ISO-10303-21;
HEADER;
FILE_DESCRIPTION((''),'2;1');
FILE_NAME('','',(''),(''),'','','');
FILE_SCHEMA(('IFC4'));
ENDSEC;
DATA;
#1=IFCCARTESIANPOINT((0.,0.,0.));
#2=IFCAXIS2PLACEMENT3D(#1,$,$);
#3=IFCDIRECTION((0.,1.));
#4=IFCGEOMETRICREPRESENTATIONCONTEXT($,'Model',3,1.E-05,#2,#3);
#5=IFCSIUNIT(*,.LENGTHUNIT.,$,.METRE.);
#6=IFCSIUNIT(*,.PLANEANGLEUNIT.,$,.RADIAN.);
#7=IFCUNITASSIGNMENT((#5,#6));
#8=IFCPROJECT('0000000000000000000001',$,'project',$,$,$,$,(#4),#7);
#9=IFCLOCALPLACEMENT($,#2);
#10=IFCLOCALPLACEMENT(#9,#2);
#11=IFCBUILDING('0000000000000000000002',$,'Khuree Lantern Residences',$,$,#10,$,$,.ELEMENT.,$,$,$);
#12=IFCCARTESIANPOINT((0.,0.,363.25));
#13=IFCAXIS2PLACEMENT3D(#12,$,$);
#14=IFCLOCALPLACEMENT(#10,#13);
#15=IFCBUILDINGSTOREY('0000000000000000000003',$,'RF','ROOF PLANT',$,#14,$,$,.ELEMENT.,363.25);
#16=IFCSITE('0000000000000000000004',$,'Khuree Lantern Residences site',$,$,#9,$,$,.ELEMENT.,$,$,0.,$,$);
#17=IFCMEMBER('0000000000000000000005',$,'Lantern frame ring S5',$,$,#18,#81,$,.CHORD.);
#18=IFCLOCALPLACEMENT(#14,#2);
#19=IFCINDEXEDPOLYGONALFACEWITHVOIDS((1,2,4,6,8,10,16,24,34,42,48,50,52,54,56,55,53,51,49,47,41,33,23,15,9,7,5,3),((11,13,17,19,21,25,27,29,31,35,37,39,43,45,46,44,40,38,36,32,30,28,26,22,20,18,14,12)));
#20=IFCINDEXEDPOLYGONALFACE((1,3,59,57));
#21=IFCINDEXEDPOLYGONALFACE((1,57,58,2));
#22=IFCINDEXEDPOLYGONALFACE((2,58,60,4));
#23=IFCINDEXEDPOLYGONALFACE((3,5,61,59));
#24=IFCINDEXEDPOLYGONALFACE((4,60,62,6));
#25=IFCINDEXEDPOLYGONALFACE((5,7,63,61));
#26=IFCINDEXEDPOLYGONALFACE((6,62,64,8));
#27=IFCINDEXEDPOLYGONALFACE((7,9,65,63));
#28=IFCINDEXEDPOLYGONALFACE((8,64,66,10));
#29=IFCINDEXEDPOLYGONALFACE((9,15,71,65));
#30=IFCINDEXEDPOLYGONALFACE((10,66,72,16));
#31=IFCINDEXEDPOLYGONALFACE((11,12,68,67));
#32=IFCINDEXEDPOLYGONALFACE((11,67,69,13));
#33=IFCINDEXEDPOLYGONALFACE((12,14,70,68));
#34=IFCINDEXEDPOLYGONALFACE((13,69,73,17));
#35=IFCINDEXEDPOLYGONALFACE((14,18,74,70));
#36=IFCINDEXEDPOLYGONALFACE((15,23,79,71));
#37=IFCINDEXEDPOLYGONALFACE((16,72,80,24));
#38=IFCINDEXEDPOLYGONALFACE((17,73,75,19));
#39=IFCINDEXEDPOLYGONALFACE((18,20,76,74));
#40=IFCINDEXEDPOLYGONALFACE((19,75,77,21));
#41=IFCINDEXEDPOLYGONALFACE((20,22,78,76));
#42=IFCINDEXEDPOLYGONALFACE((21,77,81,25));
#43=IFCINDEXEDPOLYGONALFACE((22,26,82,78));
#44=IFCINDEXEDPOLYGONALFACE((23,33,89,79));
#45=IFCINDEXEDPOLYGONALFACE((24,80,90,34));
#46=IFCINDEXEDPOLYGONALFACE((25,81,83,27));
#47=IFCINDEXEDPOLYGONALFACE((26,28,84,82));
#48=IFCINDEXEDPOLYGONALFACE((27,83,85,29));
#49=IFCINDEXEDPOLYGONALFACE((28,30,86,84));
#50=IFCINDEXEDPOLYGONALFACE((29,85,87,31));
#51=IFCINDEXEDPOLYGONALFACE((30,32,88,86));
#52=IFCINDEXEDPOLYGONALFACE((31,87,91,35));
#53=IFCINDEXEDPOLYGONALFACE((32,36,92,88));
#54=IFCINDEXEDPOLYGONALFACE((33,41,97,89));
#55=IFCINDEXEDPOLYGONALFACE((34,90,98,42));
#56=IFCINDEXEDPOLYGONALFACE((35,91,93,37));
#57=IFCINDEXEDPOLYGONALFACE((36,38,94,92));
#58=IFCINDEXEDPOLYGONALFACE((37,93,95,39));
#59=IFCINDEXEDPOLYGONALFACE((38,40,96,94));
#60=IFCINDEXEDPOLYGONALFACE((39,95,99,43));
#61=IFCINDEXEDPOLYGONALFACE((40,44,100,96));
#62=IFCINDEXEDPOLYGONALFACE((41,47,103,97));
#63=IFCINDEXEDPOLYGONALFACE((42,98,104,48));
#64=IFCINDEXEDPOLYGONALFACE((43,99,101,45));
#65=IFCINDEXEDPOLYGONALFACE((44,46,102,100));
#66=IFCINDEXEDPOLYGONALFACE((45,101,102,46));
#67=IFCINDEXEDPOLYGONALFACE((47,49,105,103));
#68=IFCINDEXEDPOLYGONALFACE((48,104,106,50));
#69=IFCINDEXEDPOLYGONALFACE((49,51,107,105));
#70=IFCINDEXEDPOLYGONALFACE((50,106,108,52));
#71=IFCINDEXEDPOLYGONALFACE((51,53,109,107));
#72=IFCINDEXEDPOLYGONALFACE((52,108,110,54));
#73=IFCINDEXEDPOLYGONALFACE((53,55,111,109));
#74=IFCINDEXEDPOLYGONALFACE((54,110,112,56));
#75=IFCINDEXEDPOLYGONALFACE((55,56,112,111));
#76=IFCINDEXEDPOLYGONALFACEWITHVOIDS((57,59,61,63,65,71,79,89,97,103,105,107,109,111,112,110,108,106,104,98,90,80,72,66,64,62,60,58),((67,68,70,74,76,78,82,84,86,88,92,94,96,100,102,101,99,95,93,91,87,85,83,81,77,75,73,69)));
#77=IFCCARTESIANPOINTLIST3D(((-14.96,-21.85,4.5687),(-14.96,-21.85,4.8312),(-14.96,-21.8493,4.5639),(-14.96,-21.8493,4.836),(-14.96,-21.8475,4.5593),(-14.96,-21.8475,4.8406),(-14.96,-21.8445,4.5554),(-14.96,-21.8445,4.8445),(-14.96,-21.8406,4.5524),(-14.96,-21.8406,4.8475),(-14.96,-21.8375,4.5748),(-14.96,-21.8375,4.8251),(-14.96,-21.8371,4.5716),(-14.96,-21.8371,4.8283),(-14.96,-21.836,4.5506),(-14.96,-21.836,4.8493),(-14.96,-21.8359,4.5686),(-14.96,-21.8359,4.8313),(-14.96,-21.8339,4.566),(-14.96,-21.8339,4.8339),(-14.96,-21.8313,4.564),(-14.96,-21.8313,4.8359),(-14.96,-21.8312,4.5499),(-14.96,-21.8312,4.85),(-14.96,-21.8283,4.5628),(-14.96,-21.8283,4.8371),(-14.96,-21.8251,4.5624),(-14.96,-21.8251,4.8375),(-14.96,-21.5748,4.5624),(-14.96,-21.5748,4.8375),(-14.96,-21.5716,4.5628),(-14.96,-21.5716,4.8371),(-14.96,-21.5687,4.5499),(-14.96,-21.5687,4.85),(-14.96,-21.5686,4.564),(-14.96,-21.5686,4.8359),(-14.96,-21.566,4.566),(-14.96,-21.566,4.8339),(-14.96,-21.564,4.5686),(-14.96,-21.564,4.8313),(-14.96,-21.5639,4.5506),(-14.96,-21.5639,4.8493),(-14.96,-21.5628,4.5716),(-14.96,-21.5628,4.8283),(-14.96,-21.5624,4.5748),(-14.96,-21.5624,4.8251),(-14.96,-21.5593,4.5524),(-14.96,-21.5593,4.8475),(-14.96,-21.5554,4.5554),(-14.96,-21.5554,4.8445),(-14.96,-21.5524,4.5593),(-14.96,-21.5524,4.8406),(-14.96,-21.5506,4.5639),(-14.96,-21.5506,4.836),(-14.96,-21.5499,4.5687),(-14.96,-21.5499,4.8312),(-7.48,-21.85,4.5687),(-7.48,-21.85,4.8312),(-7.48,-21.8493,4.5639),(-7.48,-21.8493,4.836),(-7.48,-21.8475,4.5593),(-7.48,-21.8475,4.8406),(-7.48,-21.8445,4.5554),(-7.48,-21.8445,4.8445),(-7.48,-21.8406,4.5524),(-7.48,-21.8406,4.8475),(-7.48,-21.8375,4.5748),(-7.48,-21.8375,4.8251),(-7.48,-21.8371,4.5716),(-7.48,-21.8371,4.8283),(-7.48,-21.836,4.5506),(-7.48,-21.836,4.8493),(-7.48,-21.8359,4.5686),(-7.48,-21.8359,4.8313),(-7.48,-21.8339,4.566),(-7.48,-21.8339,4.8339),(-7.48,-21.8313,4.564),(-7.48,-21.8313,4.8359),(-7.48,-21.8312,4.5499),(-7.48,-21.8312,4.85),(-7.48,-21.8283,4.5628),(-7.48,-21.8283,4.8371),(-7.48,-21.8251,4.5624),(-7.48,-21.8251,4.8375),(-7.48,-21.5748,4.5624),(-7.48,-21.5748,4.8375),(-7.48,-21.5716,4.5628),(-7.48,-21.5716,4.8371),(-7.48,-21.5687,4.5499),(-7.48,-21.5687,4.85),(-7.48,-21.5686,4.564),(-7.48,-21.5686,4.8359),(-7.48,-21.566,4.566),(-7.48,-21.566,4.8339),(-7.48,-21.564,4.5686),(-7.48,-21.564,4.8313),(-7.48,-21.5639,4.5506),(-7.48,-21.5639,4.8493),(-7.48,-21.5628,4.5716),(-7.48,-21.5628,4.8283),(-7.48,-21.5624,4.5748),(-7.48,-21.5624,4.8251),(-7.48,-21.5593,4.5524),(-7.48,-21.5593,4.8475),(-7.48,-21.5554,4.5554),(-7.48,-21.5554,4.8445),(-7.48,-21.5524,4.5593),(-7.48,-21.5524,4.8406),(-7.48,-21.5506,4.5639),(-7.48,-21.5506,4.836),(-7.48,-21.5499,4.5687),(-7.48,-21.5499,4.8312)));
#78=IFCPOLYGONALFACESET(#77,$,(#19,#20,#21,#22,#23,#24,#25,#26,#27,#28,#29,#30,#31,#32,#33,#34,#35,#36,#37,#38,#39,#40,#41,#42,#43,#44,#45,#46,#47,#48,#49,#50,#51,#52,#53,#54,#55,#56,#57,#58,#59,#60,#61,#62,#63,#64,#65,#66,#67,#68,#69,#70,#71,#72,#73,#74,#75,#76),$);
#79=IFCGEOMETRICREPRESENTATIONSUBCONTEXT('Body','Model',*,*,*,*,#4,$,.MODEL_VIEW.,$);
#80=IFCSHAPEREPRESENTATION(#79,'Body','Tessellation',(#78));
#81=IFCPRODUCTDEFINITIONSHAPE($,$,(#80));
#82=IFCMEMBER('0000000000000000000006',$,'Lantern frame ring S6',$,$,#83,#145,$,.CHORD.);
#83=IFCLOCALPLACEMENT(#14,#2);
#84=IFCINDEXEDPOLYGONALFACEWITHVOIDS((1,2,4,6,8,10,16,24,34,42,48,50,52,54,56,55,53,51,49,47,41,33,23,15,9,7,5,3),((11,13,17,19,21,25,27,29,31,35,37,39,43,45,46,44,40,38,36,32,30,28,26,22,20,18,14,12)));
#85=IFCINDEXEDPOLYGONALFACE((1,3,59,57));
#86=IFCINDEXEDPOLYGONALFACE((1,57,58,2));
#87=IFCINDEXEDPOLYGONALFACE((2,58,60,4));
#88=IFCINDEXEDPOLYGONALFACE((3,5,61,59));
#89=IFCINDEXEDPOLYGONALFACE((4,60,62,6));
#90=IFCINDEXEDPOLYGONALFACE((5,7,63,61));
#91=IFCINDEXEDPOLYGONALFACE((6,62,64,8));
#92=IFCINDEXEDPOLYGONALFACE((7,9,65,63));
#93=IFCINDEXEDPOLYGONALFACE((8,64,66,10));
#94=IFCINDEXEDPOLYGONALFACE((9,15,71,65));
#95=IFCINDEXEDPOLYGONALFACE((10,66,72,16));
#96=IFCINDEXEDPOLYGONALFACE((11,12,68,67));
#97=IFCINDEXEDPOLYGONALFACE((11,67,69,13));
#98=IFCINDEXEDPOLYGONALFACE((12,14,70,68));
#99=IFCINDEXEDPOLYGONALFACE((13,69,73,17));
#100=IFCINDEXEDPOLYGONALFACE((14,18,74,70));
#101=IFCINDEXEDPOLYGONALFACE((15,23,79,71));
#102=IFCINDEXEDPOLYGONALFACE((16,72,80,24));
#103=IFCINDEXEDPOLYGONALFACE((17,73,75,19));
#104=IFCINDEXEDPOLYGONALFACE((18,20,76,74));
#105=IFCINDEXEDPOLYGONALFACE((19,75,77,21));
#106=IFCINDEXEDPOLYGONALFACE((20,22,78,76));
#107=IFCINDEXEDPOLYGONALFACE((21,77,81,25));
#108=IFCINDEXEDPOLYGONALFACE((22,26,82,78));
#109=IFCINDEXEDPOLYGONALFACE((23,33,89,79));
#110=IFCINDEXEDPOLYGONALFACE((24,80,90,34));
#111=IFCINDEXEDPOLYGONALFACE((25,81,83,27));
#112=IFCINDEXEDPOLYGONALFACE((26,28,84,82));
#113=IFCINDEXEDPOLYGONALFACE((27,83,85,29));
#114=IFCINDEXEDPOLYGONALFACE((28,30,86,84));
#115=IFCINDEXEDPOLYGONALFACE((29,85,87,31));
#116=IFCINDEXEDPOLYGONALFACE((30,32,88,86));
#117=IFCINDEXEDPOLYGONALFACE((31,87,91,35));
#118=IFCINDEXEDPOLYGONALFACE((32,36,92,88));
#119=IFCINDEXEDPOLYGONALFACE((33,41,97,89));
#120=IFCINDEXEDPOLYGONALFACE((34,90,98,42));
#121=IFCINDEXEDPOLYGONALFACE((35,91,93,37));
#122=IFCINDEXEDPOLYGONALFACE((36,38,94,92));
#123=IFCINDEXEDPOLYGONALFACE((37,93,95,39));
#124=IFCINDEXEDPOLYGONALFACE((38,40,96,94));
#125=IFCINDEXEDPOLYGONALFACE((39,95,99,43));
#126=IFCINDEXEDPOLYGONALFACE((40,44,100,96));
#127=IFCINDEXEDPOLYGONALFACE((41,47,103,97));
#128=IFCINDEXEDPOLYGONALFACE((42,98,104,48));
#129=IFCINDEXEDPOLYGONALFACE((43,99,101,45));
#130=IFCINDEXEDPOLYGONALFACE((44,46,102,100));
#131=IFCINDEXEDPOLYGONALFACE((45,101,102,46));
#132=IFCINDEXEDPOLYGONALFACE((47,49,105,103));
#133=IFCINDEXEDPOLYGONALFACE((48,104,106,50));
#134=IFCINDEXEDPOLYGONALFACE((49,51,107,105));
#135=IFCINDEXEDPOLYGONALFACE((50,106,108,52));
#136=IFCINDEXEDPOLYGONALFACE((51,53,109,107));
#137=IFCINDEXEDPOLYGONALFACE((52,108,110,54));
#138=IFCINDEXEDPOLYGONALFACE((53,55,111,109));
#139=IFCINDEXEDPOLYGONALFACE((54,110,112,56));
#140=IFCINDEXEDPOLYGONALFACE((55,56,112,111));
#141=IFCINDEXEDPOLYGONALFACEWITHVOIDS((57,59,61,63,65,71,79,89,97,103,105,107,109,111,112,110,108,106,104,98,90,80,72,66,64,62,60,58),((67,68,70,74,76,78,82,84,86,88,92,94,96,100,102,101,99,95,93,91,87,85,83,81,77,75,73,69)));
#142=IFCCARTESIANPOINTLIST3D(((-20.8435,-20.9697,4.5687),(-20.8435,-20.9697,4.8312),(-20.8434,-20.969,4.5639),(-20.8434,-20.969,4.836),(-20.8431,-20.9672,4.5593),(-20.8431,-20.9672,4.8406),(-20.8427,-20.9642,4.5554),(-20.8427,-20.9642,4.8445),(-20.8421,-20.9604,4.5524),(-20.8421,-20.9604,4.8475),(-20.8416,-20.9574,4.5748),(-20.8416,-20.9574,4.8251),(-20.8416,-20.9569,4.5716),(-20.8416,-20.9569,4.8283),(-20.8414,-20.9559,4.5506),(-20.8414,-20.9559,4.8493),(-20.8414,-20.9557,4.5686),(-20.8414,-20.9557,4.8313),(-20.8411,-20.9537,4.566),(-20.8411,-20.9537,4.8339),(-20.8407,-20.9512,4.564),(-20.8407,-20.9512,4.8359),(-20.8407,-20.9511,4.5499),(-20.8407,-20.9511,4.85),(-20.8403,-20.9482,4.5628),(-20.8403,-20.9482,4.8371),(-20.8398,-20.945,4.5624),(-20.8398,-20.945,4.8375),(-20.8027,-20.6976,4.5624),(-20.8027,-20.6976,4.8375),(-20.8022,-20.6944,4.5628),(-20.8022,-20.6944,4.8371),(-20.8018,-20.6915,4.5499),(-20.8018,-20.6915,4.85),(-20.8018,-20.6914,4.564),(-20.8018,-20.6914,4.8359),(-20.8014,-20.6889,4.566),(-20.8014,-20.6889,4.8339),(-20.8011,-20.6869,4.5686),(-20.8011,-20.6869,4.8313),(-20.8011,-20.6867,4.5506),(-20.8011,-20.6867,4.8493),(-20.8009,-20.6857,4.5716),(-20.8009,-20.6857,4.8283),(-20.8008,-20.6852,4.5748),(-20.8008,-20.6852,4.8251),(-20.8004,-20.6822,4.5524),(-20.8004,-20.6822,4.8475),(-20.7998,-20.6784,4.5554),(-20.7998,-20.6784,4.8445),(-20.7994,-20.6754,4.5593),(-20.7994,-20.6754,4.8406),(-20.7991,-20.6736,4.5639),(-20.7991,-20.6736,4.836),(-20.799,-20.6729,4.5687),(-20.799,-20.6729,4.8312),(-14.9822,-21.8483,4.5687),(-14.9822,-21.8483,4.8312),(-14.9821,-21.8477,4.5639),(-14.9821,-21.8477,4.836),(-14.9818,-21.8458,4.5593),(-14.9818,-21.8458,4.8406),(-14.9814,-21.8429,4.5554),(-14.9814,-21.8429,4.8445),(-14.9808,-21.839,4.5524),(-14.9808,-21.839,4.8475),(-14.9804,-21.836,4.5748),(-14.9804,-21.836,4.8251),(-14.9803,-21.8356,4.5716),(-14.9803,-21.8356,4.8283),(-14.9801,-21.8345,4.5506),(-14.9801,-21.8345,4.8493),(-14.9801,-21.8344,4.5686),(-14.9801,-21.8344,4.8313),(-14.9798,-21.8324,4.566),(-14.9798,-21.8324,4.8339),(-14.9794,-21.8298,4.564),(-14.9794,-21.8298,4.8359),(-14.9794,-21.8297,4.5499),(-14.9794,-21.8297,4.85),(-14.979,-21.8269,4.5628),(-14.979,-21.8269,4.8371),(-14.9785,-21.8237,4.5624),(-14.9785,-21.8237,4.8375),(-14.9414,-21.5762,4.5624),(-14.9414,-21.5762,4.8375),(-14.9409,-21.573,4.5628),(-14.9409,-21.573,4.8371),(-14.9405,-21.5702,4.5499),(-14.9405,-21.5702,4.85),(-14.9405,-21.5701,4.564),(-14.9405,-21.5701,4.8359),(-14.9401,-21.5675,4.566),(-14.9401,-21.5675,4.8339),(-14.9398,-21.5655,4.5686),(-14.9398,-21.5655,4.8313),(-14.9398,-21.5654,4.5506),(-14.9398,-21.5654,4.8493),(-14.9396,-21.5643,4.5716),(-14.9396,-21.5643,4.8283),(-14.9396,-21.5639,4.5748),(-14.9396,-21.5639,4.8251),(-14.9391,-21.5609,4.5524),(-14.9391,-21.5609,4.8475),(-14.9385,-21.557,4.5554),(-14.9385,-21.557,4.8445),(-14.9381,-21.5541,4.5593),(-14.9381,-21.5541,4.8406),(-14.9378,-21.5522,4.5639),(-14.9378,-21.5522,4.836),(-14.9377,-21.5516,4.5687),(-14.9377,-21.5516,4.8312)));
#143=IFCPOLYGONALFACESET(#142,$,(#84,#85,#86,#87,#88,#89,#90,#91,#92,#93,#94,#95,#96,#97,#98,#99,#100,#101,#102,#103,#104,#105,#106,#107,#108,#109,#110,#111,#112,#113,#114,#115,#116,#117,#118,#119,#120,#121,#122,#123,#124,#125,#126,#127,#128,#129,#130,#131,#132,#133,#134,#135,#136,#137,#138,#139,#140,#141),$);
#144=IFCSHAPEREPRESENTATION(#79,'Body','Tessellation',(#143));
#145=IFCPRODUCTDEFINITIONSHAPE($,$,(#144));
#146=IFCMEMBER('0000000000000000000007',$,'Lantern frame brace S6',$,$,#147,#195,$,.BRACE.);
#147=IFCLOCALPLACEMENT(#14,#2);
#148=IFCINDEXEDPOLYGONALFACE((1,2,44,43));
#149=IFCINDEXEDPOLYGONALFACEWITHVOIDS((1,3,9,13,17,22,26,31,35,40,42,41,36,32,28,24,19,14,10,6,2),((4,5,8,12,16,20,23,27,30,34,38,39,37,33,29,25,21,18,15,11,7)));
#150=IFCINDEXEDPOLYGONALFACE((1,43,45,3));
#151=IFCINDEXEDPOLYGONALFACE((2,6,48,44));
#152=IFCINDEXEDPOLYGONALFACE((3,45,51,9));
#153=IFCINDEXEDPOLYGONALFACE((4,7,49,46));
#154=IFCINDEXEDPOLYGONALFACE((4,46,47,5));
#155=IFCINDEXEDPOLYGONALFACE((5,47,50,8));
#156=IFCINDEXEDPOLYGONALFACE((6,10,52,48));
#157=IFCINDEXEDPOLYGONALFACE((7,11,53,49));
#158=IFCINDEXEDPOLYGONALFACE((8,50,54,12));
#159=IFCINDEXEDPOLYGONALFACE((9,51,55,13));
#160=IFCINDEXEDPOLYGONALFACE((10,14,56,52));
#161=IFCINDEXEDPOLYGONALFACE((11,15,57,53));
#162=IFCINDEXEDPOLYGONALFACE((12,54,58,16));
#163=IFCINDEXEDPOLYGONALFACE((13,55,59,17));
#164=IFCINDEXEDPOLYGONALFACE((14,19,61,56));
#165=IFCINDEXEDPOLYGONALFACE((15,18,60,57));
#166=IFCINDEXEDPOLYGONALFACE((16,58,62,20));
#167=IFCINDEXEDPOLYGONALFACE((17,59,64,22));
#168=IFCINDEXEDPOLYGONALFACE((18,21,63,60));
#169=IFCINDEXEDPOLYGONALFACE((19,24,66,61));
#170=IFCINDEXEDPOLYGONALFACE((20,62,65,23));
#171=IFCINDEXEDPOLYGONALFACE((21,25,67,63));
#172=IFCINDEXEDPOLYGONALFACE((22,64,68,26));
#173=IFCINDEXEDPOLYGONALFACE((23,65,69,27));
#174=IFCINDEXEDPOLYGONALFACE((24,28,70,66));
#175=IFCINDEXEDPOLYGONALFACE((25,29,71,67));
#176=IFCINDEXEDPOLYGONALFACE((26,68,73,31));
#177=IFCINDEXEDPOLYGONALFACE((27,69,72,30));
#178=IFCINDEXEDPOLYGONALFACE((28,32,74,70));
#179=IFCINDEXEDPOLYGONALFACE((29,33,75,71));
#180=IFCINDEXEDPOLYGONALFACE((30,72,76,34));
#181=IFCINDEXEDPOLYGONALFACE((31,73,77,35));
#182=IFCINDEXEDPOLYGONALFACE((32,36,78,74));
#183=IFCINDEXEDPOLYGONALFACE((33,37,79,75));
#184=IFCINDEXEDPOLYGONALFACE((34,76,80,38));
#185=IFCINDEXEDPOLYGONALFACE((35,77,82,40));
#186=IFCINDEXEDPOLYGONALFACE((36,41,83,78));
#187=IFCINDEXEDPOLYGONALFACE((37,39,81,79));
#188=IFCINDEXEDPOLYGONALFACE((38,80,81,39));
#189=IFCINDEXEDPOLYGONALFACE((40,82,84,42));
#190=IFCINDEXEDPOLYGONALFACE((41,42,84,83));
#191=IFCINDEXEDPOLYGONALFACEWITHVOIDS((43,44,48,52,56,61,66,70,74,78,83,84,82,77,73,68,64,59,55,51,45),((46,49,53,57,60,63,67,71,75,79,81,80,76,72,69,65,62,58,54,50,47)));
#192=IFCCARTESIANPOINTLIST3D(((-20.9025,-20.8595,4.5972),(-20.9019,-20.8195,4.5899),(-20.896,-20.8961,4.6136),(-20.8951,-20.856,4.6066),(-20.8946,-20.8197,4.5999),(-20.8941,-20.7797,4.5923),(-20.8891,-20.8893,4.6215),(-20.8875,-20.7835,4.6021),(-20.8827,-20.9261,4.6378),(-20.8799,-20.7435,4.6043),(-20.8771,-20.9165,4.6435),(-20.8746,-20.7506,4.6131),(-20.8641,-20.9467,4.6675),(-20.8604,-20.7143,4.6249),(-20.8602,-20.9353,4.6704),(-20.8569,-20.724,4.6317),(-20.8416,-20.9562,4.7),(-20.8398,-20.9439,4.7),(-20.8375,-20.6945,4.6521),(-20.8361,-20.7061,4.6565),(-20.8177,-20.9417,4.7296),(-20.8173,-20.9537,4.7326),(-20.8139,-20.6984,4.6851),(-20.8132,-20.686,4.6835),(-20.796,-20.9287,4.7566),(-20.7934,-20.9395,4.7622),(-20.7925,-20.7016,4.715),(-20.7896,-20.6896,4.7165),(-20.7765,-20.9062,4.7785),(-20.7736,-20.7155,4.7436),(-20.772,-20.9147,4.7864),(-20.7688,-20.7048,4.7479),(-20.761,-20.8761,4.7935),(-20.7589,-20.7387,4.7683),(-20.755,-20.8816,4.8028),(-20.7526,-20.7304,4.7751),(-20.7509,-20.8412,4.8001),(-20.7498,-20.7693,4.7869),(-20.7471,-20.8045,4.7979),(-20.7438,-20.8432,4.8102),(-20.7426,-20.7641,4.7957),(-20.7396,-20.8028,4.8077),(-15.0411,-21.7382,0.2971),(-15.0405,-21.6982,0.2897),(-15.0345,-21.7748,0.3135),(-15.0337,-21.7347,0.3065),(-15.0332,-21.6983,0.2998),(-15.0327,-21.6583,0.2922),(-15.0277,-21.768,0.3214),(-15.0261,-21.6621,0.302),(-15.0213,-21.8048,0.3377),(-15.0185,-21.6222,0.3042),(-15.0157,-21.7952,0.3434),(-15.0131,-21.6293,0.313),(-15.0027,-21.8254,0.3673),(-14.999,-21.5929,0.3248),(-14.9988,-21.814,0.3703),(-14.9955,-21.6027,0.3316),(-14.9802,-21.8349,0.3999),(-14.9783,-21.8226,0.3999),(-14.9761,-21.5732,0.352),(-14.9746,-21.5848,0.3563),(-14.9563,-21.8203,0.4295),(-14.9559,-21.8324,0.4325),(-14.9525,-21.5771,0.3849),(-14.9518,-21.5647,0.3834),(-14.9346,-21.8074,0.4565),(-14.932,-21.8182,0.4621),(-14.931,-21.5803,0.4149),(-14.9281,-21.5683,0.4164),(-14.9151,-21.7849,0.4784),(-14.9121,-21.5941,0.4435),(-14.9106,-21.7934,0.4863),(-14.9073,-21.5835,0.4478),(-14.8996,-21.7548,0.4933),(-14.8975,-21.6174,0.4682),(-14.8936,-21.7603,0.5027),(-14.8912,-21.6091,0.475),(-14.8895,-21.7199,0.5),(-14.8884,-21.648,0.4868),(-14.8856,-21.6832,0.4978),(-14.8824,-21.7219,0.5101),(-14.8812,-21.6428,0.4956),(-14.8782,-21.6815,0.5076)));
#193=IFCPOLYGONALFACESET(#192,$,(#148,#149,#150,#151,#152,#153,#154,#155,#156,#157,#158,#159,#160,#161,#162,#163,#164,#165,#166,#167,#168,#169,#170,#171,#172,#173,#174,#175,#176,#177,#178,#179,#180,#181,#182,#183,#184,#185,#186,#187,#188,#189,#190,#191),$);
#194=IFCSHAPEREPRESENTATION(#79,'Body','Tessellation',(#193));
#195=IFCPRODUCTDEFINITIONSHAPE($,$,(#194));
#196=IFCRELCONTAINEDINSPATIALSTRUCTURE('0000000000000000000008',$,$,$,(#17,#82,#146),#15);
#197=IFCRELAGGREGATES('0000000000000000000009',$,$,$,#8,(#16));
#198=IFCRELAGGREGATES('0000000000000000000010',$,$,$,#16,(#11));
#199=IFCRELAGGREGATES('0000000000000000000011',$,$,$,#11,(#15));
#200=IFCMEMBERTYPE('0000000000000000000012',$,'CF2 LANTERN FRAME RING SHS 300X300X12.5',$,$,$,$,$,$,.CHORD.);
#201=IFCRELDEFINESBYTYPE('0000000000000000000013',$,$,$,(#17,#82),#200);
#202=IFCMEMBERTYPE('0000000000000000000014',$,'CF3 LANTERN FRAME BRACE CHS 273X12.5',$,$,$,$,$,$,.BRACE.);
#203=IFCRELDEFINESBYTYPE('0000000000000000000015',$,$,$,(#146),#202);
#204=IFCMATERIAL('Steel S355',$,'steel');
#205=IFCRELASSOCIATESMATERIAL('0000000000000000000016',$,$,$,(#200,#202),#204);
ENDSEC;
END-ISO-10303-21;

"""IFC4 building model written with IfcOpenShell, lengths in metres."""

from ifc_helpers import new_model, si_unit, direction, frame, origin, origin_2d, place, context, subcontext, project, spatial, hollow_rectangle, hollow_circle, extrude, material, material_profile, profile_set, type_object, element, save


model = new_model("IFC4")

# Units and contexts
model_context = context("Model", 3, precision=1e-05, world=origin(), true_north=direction((0.0, 1.0)))
body_context = subcontext(model_context, "Body", "Model", "MODEL_VIEW")
ifc_project = project(units=[si_unit("LENGTHUNIT", "METRE"), si_unit("PLANEANGLEUNIT", "RADIAN")], contexts=[model_context])

# Site, building, storey
site_placement = place(None, origin())
site = spatial("IfcSite", under=ifc_project, at=site_placement, Name="Khuree Lantern Residences site", CompositionType="ELEMENT", RefElevation=0.0)
building_placement = place(site_placement, origin())
building = spatial("IfcBuilding", under=site, at=building_placement, Name="Khuree Lantern Residences", CompositionType="ELEMENT")
storey_placement = place(building_placement, frame((0.0, 0.0, 363.25)))
storey = spatial("IfcBuildingStorey", under=building, at=storey_placement, Name="RF", Description="ROOF PLANT", CompositionType="ELEMENT", Elevation=363.25)

# Shared definitions
ifc_material_1 = material(Name="Steel S355", Category="steel")

# Members
ifc_material_profile_1 = material_profile(ifc_material_1, hollow_rectangle(XDim=0.3, YDim=0.3, WallThickness=0.0125, InnerFilletRadius=0.0125, OuterFilletRadius=0.0188, at=origin_2d()), Name="SHS 300X300X12.5")
ifc_profile_set_1 = profile_set([ifc_material_profile_1], Name="Steel S355")
member_type_1 = type_object("IfcMemberType", Name="CF2 LANTERN FRAME RING SHS 300X300X12.5", PredefinedType="CHORD", material=ifc_profile_set_1)
member_1_placement = place(storey_placement, frame((-7.48, -21.7, 4.7), z_axis=(-1.0, 0.0, 0.0), x_axis=(0.0, -1.0, 0.0)))
element("IfcMember", 1, at=member_1_placement, inside=storey, type_object=member_type_1, Name="Lantern frame ring S5", PredefinedType="CHORD", context=body_context, shape_type="SweptSolid", body=[
    extrude(hollow_rectangle(XDim=0.3, YDim=0.3, WallThickness=0.0125, InnerFilletRadius=0.0125, OuterFilletRadius=0.0188, at=origin_2d()), origin(), (0.0, 0.0, 1.0), 7.48),
])
member_2_placement = place(storey_placement, frame((-14.96, -21.7, 4.7), z_axis=(-0.98895, 0.148252, 0.0), x_axis=(-0.148252, -0.98895, 0.0)))
element("IfcMember", 2, at=member_2_placement, inside=storey, type_object=member_type_1, Name="Lantern frame ring S6", PredefinedType="CHORD", context=body_context, shape_type="SweptSolid", body=[
    extrude(hollow_rectangle(XDim=0.3, YDim=0.3, WallThickness=0.0125, InnerFilletRadius=0.0125, OuterFilletRadius=0.0188, at=origin_2d()), origin(), (0.0, 0.0, 1.0), 5.9268),
])
ifc_material_profile_2 = material_profile(ifc_material_1, hollow_circle(Radius=0.1365, WallThickness=0.0125, at=origin_2d()), Name="CHS 273X12.5")
ifc_profile_set_2 = profile_set([ifc_material_profile_2], Name="Steel S355")
member_type_2 = type_object("IfcMemberType", Name="CF3 LANTERN FRAME BRACE CHS 273X12.5", PredefinedType="BRACE", material=ifc_profile_set_2)
member_3_placement = place(storey_placement, frame((-14.96, -21.7, 0.3999), z_axis=(-0.800465, 0.119996, 0.587245), x_axis=(-0.148252, -0.98895, 0.0)))
element("IfcMember", 3, at=member_3_placement, inside=storey, type_object=member_type_2, Name="Lantern frame brace S6", PredefinedType="BRACE", context=body_context, shape_type="SweptSolid", body=[
    extrude(hollow_circle(Radius=0.1365, WallThickness=0.0125, at=origin_2d()), origin(), (0.0, 0.0, 1.0), 7.3225),
])

save(model, "model.ifc")
